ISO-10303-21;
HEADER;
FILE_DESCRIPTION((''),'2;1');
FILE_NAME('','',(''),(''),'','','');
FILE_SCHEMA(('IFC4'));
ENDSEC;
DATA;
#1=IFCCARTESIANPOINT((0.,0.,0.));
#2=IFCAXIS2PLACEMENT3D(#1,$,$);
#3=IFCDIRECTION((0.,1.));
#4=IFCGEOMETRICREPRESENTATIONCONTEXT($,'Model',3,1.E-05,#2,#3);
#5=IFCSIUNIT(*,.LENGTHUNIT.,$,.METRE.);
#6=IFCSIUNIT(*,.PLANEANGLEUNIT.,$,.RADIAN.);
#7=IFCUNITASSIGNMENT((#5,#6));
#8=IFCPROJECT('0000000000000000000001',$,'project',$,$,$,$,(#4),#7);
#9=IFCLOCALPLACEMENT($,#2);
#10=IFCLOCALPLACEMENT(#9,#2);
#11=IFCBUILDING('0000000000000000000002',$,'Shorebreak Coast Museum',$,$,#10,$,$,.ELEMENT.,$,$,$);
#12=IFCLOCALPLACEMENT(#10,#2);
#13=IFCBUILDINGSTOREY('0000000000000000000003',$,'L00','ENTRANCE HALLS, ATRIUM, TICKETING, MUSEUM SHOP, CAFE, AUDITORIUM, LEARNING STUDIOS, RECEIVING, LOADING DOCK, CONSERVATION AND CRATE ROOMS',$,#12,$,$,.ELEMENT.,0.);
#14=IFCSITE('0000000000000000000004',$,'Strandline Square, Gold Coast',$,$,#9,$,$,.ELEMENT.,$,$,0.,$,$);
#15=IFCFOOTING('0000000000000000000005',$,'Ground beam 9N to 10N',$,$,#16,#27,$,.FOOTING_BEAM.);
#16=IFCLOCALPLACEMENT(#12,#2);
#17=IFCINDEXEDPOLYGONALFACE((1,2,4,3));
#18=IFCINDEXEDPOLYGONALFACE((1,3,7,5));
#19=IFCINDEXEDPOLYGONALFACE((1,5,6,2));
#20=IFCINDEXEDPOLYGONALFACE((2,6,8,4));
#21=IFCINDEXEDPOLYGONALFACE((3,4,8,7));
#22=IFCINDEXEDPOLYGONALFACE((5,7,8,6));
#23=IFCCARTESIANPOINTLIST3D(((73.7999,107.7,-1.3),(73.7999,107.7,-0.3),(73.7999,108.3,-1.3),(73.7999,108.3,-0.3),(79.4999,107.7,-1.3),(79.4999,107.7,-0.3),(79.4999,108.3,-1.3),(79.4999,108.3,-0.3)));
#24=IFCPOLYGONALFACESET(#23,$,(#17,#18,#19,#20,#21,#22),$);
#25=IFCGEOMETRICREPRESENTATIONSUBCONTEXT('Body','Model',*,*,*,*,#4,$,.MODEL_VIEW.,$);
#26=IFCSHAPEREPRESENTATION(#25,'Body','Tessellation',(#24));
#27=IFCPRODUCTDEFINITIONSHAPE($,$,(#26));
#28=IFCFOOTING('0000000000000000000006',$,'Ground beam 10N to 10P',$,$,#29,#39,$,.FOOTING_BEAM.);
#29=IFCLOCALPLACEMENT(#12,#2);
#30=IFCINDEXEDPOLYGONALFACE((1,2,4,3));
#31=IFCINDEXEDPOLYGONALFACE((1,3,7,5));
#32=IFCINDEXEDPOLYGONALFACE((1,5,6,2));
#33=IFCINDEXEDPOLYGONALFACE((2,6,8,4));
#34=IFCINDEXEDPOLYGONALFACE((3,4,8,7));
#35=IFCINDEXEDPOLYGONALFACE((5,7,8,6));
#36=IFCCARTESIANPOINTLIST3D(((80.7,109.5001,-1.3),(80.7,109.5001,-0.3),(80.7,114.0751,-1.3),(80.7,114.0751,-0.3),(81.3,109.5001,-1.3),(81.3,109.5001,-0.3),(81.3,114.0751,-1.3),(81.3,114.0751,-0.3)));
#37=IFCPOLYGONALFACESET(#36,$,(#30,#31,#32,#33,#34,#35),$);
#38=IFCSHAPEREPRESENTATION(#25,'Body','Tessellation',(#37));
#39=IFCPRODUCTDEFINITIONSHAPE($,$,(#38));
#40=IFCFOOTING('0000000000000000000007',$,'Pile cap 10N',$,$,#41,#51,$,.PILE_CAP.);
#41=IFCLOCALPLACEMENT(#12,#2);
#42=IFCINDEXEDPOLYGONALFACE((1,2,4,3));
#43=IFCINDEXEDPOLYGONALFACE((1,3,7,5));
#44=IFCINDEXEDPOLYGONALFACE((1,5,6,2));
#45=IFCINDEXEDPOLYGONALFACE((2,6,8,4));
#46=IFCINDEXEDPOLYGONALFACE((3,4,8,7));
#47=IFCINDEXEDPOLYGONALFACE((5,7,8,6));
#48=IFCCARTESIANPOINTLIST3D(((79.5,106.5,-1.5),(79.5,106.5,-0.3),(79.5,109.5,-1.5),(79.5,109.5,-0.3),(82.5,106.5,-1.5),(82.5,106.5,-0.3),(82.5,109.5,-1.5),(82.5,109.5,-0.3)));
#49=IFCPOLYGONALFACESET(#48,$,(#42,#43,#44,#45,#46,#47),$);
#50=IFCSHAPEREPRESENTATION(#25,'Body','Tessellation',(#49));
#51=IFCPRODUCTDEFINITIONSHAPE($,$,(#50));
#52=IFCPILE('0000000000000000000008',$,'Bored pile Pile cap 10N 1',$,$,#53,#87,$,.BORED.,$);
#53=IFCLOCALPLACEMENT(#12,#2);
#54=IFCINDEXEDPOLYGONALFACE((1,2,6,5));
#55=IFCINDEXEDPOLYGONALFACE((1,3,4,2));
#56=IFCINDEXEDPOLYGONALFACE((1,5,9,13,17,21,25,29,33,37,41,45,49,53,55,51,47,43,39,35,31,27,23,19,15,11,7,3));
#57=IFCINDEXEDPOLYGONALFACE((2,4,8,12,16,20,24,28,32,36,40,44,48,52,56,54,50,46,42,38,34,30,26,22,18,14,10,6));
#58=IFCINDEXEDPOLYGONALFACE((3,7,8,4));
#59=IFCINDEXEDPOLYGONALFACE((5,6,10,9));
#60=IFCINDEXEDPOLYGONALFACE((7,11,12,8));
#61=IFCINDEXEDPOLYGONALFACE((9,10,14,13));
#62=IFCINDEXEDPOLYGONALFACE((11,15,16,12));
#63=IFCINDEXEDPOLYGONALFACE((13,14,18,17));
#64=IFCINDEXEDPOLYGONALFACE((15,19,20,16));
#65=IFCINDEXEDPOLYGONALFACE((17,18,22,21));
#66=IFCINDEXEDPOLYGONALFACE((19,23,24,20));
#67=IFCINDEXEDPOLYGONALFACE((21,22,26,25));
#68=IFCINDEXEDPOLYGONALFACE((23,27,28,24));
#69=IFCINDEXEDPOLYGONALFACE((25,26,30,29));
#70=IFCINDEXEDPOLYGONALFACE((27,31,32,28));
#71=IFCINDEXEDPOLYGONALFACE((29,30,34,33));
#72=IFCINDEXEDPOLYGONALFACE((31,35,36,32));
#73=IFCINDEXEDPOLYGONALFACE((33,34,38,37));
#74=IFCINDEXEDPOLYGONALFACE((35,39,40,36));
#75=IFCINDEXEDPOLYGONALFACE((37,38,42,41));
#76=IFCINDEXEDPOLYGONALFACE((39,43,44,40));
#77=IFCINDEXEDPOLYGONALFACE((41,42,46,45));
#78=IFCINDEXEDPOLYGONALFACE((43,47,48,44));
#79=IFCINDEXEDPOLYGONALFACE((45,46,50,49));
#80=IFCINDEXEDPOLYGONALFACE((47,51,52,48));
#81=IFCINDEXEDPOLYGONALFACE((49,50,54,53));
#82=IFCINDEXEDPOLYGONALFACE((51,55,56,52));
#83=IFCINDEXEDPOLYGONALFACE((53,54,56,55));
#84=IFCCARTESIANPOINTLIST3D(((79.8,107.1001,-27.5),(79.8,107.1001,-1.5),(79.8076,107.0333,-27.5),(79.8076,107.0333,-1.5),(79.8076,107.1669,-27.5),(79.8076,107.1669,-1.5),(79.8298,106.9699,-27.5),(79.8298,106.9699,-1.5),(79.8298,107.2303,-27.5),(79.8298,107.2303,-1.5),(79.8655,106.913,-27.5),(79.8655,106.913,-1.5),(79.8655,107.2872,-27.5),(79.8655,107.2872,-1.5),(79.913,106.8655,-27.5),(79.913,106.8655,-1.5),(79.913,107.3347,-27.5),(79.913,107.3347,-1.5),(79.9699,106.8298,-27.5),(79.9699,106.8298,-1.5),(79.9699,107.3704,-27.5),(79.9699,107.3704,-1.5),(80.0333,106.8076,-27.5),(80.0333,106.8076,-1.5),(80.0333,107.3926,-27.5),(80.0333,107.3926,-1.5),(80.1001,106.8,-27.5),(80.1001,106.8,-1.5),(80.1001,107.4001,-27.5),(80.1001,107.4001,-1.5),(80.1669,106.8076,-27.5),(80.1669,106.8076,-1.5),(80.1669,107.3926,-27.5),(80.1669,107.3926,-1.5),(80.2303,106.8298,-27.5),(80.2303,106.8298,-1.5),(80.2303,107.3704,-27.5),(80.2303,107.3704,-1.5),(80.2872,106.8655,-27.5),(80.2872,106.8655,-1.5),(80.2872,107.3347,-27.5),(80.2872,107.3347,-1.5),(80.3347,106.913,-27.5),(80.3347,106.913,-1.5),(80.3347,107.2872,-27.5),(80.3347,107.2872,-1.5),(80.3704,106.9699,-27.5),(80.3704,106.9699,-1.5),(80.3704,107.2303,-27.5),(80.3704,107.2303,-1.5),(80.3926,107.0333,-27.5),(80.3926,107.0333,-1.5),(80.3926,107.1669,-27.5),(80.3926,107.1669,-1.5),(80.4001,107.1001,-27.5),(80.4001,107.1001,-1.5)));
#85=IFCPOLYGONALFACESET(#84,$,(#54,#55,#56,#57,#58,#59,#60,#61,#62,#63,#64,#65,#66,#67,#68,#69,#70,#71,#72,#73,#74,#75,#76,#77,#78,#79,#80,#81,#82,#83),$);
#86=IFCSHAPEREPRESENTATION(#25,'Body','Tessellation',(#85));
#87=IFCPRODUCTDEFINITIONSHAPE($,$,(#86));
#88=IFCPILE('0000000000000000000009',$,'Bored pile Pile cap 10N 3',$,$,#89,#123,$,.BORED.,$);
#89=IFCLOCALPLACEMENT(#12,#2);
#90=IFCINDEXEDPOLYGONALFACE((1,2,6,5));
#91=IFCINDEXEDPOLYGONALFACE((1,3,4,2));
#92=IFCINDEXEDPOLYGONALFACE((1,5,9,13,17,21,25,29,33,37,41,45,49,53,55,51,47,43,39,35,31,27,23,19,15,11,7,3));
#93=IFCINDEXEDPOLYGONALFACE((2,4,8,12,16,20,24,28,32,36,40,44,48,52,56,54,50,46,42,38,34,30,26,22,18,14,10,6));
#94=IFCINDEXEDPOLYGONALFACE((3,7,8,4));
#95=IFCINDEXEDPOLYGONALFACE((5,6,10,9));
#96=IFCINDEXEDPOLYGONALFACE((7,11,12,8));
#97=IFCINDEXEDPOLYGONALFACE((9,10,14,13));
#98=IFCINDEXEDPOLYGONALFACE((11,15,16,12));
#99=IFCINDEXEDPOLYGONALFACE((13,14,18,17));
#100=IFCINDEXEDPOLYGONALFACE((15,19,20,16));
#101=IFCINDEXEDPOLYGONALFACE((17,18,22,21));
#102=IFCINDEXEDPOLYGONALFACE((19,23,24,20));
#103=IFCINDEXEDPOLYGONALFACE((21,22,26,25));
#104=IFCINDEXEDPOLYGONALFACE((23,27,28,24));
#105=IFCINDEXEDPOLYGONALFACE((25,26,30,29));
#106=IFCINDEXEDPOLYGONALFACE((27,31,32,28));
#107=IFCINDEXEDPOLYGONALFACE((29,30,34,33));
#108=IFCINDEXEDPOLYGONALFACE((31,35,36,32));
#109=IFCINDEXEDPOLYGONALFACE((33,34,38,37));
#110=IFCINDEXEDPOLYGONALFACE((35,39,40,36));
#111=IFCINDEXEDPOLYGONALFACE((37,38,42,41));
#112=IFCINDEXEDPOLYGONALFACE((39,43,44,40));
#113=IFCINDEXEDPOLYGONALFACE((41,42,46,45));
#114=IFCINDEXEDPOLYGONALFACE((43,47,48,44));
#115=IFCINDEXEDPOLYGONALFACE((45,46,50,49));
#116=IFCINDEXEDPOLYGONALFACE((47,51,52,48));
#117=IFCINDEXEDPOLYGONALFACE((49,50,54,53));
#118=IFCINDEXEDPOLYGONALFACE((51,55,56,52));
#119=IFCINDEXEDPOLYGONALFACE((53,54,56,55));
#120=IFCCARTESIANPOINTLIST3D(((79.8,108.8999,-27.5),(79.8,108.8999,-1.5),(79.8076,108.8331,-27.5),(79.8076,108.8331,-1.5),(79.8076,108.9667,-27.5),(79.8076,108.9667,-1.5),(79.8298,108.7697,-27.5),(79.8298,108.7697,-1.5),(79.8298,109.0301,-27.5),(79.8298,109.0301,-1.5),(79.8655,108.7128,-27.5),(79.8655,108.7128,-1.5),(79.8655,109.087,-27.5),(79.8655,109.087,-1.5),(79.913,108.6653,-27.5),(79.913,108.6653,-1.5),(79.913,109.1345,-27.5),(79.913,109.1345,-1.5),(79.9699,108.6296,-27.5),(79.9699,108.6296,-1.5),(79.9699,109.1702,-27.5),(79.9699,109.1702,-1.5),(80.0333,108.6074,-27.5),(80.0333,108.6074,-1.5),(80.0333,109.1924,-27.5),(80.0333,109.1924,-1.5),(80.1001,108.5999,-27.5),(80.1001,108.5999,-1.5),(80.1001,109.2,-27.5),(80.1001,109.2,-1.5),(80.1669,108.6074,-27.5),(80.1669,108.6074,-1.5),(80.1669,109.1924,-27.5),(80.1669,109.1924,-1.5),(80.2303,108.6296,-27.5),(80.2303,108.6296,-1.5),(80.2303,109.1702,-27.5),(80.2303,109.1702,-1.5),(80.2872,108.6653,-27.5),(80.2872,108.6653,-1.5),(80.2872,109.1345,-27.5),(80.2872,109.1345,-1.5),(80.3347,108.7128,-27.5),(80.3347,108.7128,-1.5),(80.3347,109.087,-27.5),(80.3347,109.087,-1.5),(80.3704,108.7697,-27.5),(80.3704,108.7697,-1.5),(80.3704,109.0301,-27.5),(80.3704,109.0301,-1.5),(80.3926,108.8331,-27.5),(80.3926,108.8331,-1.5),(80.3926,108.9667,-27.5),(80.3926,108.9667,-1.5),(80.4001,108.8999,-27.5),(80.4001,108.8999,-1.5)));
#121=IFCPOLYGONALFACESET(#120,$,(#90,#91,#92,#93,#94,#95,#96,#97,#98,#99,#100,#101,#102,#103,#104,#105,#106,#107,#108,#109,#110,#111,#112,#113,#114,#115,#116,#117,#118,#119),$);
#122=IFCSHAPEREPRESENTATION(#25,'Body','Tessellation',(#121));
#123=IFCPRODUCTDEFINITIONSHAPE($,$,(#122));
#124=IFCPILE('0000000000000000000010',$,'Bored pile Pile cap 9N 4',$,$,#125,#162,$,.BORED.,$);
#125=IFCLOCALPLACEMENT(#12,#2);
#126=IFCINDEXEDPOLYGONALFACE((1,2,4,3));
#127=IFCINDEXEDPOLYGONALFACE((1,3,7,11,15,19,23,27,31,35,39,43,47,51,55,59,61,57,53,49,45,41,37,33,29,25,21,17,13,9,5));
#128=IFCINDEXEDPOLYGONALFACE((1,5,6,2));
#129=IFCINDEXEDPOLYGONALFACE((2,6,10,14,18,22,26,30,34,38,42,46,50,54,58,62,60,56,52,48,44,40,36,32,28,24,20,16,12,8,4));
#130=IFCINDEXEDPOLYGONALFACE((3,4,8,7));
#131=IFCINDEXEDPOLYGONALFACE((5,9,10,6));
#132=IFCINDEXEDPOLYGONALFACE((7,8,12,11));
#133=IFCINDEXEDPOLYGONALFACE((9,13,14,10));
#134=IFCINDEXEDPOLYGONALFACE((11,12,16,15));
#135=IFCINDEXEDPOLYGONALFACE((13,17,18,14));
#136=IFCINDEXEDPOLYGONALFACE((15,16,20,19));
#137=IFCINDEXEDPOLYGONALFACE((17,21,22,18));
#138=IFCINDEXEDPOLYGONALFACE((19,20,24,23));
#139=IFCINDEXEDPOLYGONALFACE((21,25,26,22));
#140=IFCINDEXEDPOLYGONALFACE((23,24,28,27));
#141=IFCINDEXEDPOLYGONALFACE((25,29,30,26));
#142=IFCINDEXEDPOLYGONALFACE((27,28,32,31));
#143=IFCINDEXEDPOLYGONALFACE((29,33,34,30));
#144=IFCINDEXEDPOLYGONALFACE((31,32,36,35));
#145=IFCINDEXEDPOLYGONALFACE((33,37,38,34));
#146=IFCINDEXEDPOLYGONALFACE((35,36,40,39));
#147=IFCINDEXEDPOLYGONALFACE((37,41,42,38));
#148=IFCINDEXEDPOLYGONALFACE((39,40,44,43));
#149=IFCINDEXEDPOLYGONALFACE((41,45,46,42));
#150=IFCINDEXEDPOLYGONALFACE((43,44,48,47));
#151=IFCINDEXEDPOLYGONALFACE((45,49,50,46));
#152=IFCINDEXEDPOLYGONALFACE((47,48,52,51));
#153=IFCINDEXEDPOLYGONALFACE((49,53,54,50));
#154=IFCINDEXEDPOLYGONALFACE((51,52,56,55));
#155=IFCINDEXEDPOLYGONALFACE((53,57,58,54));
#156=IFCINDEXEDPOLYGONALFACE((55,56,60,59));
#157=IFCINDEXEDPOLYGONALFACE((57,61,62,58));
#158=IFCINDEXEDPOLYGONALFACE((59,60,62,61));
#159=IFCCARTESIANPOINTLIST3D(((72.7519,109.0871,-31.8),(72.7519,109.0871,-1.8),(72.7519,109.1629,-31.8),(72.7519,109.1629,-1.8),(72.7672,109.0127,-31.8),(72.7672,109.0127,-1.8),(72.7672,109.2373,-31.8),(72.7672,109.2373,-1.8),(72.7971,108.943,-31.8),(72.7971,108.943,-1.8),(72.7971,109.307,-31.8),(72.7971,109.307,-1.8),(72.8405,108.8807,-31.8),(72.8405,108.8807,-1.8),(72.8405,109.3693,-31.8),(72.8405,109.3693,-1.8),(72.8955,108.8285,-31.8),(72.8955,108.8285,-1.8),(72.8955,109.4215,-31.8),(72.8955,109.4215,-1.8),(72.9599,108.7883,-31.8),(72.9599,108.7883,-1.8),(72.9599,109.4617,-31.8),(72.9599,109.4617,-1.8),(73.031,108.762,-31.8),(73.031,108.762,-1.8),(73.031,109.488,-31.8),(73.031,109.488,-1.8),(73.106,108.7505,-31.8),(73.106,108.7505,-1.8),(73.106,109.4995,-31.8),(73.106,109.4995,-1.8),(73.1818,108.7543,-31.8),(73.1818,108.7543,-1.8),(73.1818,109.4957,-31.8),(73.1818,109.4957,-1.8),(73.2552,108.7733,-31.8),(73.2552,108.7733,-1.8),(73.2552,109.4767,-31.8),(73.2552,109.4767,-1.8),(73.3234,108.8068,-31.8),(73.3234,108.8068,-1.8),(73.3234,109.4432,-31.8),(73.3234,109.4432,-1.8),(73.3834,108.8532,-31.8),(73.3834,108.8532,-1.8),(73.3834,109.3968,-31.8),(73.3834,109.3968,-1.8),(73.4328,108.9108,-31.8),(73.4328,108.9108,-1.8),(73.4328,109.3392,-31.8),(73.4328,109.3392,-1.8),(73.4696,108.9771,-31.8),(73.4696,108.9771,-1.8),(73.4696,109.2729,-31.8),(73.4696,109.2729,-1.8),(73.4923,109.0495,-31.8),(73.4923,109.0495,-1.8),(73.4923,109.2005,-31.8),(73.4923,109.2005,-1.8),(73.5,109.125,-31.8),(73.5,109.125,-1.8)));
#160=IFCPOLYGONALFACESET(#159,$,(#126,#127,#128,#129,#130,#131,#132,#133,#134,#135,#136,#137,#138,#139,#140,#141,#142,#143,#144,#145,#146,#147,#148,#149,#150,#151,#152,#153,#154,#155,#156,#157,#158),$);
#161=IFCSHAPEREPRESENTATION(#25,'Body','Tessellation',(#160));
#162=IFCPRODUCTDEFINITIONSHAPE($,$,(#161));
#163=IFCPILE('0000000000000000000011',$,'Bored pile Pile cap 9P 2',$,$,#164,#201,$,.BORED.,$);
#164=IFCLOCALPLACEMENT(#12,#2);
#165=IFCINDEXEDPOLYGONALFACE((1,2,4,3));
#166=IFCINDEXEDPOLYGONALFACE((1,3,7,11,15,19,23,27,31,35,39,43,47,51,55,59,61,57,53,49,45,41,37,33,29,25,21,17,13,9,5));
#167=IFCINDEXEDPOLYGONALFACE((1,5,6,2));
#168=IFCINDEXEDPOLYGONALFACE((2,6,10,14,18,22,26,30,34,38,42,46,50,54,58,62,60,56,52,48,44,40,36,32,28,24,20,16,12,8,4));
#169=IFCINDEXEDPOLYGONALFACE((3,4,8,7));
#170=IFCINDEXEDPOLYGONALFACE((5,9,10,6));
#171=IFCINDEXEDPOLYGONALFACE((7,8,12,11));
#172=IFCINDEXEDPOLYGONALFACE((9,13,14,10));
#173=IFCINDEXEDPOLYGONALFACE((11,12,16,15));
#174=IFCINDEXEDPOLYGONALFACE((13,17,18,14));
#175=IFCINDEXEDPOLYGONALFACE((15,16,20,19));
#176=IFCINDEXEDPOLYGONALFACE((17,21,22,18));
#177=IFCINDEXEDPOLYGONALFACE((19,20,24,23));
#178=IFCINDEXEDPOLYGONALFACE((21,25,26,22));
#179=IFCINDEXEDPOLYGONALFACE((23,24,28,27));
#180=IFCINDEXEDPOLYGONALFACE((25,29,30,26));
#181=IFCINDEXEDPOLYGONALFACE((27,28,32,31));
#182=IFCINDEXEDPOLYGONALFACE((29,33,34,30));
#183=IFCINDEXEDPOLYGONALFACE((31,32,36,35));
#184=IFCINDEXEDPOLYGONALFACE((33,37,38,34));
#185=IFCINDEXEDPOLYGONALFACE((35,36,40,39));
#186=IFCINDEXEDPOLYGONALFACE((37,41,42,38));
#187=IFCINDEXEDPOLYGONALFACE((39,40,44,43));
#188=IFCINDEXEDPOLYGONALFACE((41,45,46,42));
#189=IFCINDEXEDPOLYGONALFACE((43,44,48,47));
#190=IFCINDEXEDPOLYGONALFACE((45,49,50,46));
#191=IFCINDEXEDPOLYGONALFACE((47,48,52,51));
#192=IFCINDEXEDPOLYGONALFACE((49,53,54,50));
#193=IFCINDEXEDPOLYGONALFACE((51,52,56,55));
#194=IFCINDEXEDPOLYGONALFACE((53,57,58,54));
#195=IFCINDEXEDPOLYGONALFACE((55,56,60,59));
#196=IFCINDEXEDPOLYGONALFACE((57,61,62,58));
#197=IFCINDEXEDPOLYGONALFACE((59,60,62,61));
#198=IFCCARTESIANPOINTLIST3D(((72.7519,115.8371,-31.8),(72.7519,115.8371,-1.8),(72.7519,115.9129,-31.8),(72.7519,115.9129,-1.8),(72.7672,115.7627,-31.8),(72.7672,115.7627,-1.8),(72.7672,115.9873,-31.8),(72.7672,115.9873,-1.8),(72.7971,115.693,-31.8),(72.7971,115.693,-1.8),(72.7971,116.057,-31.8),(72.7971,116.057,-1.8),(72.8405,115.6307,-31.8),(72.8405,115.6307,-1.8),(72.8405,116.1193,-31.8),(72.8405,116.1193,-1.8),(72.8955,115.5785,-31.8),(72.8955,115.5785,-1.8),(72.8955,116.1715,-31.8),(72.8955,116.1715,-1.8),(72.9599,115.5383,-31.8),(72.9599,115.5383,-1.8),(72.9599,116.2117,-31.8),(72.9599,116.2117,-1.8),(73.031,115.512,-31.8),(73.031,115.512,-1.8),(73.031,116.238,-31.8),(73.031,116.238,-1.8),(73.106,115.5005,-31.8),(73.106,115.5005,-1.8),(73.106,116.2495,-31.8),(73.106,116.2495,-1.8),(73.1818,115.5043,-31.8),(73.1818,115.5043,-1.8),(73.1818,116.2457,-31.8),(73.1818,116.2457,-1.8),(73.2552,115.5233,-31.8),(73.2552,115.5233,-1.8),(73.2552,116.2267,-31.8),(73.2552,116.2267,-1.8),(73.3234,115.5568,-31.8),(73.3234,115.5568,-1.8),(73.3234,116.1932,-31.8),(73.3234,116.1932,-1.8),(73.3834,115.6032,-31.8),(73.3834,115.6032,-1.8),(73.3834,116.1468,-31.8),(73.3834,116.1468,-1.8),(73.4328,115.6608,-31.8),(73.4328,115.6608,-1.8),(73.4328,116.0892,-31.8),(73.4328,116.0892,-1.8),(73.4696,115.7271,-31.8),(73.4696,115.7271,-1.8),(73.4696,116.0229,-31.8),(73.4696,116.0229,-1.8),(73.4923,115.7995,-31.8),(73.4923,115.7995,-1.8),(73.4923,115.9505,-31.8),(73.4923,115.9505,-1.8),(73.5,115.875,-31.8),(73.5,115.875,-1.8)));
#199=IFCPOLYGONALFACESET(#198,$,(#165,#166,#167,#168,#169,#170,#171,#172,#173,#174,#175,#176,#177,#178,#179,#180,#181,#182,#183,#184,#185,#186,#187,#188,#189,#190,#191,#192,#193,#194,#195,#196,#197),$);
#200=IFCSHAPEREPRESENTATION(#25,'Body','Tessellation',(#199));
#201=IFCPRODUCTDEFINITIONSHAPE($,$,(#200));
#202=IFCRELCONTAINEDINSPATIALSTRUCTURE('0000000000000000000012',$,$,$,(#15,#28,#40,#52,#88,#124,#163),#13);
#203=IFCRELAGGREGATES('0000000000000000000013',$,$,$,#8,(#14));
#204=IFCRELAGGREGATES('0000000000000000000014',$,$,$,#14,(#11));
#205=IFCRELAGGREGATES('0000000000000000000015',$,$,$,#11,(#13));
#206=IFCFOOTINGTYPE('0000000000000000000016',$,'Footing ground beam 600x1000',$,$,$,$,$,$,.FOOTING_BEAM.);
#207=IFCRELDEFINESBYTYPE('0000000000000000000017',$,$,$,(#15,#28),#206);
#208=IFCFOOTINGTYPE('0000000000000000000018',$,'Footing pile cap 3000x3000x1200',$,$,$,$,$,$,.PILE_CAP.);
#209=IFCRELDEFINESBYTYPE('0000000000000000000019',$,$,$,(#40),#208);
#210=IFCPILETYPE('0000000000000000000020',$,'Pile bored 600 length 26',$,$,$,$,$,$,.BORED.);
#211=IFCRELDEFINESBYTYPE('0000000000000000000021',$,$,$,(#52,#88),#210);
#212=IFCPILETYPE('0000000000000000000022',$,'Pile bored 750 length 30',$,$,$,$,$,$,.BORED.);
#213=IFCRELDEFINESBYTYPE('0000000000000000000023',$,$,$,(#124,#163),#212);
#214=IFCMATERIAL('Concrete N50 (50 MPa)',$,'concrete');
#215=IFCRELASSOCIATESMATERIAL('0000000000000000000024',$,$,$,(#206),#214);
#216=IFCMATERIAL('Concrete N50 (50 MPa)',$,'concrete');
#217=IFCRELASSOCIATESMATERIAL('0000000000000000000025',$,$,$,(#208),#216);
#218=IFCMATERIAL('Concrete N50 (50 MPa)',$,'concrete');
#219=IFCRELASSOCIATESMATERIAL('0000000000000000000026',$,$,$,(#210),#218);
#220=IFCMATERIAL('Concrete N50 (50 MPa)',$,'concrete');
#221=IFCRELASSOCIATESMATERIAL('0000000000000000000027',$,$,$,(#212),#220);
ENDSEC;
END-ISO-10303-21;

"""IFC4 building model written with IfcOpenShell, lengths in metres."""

from ifc_helpers import new_model, si_unit, direction, frame, origin, origin_2d, place, context, subcontext, project, spatial, rectangle, circle, extrude, material, material_profile, profile_set, type_object, element, save


model = new_model("IFC4")

# Units and contexts
model_context = context("Model", 3, precision=1e-05, world=origin(), true_north=direction((0.0, 1.0)))
body_context = subcontext(model_context, "Body", "Model", "MODEL_VIEW")
ifc_project = project(units=[si_unit("LENGTHUNIT", "METRE"), si_unit("PLANEANGLEUNIT", "RADIAN")], contexts=[model_context])

# Site, building, storey
site_placement = place(None, origin())
site = spatial("IfcSite", under=ifc_project, at=site_placement, Name="Strandline Square, Gold Coast", CompositionType="ELEMENT", RefElevation=0.0)
building_placement = place(site_placement, origin())
building = spatial("IfcBuilding", under=site, at=building_placement, Name="Shorebreak Coast Museum", CompositionType="ELEMENT")
storey_placement = place(building_placement, origin())
storey = spatial("IfcBuildingStorey", under=building, at=storey_placement, Name="L00", Description="ENTRANCE HALLS, ATRIUM, TICKETING, MUSEUM SHOP, CAFE, AUDITORIUM, LEARNING STUDIOS, RECEIVING, LOADING DOCK, CONSERVATION AND CRATE ROOMS", CompositionType="ELEMENT", Elevation=0.0)

# Footings
ifc_material_1 = material(Name="Concrete N50 (50 MPa)", Category="concrete")
footing_type_1 = type_object("IfcFootingType", Name="Footing ground beam 600x1000", PredefinedType="FOOTING_BEAM", material=ifc_material_1)
footing_1_placement = place(storey_placement, frame((76.6499, 108.0, -1.3), z_axis=(0.0, 0.0, 1.0), x_axis=(1.0, 0.0, 0.0)))
element("IfcFooting", 1, at=footing_1_placement, inside=storey, type_object=footing_type_1, Name="Ground beam 9N to 10N", PredefinedType="FOOTING_BEAM", context=body_context, shape_type="SweptSolid", body=[
    extrude(rectangle(XDim=5.7, YDim=0.6001, at=origin_2d()), origin(), (0.0, 0.0, 1.0), 1.0),
])
footing_2_placement = place(storey_placement, frame((81.0, 111.7876, -1.3), z_axis=(0.0, 0.0, 1.0), x_axis=(1.0, 0.0, 0.0)))
element("IfcFooting", 2, at=footing_2_placement, inside=storey, type_object=footing_type_1, Name="Ground beam 10N to 10P", PredefinedType="FOOTING_BEAM", context=body_context, shape_type="SweptSolid", body=[
    extrude(rectangle(XDim=0.6001, YDim=4.575, at=origin_2d()), origin(), (0.0, 0.0, 1.0), 1.0),
])
ifc_material_2 = material(Name="Concrete N50 (50 MPa)", Category="concrete")
footing_type_2 = type_object("IfcFootingType", Name="Footing pile cap 3000x3000x1200", PredefinedType="PILE_CAP", material=ifc_material_2)
footing_3_placement = place(storey_placement, frame((81.0, 108.0, -1.5), z_axis=(0.0, 0.0, 1.0), x_axis=(1.0, 0.0, 0.0)))
element("IfcFooting", 3, at=footing_3_placement, inside=storey, type_object=footing_type_2, Name="Pile cap 10N", PredefinedType="PILE_CAP", context=body_context, shape_type="SweptSolid", body=[
    extrude(rectangle(XDim=3.0, YDim=3.0, at=origin_2d()), origin(), (0.0, 0.0, 1.0), 1.2),
])

# Piles
ifc_material_3 = material(Name="Concrete N50 (50 MPa)", Category="concrete")
ifc_material_profile_1 = material_profile(ifc_material_3, circle(Radius=0.3, at=origin_2d()), Name="Pile bored 600 length 26")
ifc_profile_set_1 = profile_set([ifc_material_profile_1], Name="Concrete N50 (50 MPa)")
pile_type_1 = type_object("IfcPileType", Name="Pile bored 600 length 26", PredefinedType="BORED", material=ifc_profile_set_1)
for number, where, z_axis, x_axis, name in (
    (4, (80.1001, 107.1001, -1.5), (0.0, 0.0, -1.0), (1.0, 0.0, 0.0), "Bored pile Pile cap 10N 1"),
    (5, (80.1001, 108.8999, -1.5), (0.0, 0.0, -1.0), (1.0, 0.0, 0.0), "Bored pile Pile cap 10N 3"),
):
    element("IfcPile", number, at=place(storey_placement, frame(where, z_axis=z_axis, x_axis=x_axis)), inside=storey, type_object=pile_type_1, Name=name, PredefinedType="BORED", context=body_context, shape_type="SweptSolid", body=[
        extrude(circle(Radius=0.3, at=origin_2d()), origin(), (0.0, 0.0, 1.0), 26.0),
    ])
ifc_material_4 = material(Name="Concrete N50 (50 MPa)", Category="concrete")
ifc_material_profile_2 = material_profile(ifc_material_4, circle(Radius=0.375, at=origin_2d()), Name="Pile bored 750 length 30")
ifc_profile_set_2 = profile_set([ifc_material_profile_2], Name="Concrete N50 (50 MPa)")
pile_type_2 = type_object("IfcPileType", Name="Pile bored 750 length 30", PredefinedType="BORED", material=ifc_profile_set_2)
for number, where, z_axis, x_axis, name in (
    (6, (73.125, 109.125, -1.8), (0.0, 0.0, -1.0), (1.0, 0.0, 0.0), "Bored pile Pile cap 9N 4"),
    (7, (73.125, 115.875, -1.8), (0.0, 0.0, -1.0), (1.0, 0.0, 0.0), "Bored pile Pile cap 9P 2"),
):
    element("IfcPile", number, at=place(storey_placement, frame(where, z_axis=z_axis, x_axis=x_axis)), inside=storey, type_object=pile_type_2, Name=name, PredefinedType="BORED", context=body_context, shape_type="SweptSolid", body=[
        extrude(circle(Radius=0.375, at=origin_2d()), origin(), (0.0, 0.0, 1.0), 30.0),
    ])

save(model, "model.ifc")
